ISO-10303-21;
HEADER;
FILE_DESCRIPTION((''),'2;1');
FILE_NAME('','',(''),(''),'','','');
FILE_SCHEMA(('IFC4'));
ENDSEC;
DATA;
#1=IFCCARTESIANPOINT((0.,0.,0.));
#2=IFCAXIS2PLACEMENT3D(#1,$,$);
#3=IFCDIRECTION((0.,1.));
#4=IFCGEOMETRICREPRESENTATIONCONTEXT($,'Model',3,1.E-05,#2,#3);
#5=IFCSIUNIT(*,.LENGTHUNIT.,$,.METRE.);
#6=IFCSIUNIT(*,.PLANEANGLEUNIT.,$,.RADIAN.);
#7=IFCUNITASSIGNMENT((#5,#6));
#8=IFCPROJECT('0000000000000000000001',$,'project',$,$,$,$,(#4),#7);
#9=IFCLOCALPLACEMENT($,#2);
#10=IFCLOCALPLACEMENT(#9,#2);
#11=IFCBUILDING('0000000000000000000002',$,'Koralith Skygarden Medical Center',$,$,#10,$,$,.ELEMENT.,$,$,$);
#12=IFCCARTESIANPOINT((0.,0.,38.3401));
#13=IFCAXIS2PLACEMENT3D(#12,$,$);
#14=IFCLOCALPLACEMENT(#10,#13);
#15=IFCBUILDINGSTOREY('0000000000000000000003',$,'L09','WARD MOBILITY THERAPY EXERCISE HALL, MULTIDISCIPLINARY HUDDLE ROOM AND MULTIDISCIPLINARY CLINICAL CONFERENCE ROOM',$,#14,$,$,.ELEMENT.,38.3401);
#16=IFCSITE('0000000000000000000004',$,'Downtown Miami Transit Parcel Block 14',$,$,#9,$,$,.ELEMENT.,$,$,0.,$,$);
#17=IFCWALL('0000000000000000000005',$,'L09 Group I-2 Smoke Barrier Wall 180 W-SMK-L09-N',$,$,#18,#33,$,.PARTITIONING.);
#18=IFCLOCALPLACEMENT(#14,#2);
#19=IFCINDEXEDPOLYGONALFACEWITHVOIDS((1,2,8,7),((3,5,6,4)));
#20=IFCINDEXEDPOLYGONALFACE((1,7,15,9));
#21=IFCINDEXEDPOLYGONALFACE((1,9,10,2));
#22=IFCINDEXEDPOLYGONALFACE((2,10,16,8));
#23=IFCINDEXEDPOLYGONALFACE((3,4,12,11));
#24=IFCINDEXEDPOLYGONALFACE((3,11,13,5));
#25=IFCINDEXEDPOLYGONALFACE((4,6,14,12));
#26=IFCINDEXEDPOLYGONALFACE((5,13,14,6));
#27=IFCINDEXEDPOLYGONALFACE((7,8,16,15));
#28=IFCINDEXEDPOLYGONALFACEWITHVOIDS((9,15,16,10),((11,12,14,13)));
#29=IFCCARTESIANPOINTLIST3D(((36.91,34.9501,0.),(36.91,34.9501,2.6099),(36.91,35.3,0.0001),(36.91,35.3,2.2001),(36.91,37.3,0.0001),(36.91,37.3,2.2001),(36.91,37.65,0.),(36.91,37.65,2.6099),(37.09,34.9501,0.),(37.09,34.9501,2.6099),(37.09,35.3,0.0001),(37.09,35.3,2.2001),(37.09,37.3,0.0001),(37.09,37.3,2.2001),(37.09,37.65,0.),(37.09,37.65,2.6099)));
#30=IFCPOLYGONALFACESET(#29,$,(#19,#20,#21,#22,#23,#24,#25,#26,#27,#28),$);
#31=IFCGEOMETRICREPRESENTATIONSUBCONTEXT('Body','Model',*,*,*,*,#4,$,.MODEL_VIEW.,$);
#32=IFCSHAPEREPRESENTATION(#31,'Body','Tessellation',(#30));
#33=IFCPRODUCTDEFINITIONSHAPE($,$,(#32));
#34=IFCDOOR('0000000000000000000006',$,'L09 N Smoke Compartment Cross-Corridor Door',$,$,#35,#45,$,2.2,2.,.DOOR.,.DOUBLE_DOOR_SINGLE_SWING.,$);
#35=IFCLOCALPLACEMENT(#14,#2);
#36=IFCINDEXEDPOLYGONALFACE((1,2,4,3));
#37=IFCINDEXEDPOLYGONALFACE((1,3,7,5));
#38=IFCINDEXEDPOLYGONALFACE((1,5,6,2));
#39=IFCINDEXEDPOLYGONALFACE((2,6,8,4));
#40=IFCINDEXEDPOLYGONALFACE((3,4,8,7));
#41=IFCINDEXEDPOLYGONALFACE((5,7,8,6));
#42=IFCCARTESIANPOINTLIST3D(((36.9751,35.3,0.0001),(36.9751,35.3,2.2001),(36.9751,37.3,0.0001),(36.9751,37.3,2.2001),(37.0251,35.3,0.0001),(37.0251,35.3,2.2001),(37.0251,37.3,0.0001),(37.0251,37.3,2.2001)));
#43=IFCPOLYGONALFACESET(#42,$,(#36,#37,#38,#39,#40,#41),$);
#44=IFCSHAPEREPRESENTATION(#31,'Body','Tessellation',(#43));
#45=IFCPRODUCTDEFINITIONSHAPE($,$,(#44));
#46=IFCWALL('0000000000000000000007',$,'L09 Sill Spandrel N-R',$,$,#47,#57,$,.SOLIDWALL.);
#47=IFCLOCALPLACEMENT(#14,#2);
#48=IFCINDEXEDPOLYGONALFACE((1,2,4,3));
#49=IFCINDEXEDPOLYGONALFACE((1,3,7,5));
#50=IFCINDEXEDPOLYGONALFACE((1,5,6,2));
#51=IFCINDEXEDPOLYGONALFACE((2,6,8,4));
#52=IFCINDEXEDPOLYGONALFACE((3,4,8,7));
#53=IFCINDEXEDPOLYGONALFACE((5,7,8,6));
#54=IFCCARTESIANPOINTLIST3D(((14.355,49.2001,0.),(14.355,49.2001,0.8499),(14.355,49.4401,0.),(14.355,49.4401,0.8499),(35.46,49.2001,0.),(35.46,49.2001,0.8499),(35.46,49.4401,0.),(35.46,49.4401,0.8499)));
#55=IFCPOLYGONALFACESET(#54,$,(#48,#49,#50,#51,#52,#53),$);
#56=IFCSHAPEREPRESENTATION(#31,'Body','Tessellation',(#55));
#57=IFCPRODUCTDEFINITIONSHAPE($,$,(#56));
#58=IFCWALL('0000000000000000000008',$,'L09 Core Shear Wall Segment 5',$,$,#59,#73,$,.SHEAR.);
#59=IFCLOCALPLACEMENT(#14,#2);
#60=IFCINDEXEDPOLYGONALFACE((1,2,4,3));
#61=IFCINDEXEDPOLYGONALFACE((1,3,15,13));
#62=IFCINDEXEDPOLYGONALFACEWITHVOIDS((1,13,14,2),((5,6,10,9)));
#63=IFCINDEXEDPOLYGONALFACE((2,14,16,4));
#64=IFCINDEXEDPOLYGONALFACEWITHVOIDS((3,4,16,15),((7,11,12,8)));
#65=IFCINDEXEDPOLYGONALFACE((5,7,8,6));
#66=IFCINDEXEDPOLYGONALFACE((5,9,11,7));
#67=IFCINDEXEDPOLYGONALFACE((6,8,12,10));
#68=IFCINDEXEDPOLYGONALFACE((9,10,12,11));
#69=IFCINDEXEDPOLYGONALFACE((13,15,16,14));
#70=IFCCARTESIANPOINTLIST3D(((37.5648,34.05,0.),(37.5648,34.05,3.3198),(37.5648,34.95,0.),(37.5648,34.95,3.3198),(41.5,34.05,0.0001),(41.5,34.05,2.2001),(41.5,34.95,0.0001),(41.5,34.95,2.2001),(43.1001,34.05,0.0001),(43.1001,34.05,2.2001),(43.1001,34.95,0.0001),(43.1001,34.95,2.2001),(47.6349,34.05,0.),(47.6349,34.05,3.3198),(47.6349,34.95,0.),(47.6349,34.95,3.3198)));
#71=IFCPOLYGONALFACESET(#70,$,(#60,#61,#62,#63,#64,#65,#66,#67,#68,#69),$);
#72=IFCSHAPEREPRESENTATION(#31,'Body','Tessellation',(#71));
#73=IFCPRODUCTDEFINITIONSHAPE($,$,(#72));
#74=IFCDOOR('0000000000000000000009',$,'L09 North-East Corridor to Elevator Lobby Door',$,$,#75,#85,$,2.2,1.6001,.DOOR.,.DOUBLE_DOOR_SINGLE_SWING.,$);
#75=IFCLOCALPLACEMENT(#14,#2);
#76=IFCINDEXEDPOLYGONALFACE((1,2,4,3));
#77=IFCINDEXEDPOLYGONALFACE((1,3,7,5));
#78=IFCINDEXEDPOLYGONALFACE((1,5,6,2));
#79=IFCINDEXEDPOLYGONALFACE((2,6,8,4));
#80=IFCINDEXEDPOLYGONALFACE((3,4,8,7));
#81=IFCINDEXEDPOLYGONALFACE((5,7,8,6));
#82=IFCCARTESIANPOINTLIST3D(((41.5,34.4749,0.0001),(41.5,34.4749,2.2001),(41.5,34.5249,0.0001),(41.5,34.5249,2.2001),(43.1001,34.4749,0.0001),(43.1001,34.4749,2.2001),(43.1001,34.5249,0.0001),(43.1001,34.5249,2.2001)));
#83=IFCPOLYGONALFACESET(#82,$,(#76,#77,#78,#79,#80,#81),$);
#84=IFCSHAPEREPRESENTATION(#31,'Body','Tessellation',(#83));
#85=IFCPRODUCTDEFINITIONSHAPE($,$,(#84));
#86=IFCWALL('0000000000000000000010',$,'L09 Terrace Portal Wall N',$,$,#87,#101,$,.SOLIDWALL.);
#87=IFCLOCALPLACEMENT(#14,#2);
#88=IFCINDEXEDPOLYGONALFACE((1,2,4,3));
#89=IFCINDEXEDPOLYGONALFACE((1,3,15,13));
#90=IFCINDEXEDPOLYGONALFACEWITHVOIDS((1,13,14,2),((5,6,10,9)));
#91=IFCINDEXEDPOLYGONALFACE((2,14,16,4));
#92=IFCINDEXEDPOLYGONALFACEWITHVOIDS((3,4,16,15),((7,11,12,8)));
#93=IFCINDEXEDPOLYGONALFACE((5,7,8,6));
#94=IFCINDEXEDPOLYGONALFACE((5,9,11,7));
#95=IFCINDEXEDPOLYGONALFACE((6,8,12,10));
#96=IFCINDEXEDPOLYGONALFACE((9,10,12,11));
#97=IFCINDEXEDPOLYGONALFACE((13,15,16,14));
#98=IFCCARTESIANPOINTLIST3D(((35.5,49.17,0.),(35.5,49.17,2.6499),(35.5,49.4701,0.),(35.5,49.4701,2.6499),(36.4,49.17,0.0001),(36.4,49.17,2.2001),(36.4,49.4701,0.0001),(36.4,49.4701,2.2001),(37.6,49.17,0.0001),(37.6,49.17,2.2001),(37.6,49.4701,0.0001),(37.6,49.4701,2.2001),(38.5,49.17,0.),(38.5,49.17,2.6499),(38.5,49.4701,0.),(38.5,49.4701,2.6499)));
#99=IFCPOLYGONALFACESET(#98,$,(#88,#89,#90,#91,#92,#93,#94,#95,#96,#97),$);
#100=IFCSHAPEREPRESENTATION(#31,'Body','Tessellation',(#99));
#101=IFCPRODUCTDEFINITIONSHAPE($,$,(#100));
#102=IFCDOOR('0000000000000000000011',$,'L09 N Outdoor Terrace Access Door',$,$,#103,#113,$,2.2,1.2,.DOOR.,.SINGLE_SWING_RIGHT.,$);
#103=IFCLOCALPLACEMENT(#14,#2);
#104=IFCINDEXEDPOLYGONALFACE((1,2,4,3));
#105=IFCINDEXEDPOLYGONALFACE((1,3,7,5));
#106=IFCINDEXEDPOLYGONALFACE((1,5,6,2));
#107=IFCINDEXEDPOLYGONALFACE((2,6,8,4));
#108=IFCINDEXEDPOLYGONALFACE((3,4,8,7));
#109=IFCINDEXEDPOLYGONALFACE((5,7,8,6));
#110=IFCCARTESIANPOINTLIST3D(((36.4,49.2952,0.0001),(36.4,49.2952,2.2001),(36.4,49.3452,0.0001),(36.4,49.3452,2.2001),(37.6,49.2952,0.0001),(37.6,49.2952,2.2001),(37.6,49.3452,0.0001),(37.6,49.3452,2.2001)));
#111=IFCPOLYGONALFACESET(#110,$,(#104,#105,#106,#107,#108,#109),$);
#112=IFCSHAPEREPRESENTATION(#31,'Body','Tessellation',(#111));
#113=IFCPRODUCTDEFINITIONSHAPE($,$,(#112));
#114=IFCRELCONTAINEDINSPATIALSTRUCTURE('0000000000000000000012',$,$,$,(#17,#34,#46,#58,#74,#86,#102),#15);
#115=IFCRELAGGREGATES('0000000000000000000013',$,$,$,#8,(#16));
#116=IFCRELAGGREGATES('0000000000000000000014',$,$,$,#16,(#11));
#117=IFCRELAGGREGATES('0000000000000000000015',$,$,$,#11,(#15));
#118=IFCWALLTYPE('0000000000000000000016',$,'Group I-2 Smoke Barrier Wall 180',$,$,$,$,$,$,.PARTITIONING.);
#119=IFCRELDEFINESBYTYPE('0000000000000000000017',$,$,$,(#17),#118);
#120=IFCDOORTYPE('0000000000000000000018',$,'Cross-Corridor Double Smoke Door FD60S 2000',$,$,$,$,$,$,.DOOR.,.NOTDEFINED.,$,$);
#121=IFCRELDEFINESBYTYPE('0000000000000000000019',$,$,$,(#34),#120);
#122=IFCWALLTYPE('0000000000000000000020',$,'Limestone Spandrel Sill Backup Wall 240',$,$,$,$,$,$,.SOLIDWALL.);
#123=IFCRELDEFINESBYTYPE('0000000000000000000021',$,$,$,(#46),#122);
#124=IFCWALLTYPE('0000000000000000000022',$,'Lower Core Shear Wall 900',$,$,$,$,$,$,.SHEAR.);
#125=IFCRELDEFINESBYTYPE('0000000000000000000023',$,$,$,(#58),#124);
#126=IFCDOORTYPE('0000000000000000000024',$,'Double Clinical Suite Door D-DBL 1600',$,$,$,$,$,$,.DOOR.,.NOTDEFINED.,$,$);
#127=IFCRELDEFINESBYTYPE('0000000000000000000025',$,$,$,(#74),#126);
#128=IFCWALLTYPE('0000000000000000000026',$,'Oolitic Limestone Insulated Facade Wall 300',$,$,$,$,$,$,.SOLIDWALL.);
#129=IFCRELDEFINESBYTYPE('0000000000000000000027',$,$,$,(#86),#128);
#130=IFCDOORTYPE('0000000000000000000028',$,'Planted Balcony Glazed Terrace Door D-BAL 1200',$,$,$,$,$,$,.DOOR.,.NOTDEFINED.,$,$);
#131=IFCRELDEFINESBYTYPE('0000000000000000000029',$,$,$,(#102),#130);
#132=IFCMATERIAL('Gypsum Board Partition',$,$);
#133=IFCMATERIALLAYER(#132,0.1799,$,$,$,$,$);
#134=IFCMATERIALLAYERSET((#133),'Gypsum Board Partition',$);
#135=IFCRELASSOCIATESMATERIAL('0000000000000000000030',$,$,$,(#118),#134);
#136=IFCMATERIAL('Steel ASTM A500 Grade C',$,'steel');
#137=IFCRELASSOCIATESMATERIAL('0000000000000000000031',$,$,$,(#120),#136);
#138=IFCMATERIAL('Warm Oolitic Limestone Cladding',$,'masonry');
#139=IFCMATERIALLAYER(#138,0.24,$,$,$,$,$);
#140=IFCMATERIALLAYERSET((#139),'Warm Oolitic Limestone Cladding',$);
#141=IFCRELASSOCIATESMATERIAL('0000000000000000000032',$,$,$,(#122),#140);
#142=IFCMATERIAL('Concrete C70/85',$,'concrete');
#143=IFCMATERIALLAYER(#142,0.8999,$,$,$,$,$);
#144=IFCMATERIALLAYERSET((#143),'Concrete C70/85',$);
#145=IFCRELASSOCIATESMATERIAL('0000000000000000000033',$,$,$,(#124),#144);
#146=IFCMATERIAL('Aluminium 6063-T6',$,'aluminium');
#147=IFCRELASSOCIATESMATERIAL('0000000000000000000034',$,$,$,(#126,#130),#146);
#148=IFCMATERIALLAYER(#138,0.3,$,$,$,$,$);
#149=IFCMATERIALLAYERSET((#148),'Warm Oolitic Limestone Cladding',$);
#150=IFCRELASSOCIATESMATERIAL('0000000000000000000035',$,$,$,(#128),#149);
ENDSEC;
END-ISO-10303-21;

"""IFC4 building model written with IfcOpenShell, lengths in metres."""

from ifc_helpers import new_model, si_unit, direction, frame, frame_2d, origin, place, context, subcontext, project, spatial, rectangle, extrude, material, layer, layer_set, type_object, element, fill, save


model = new_model("IFC4")

# Units and contexts
model_context = context("Model", 3, precision=1e-05, world=origin(), true_north=direction((0.0, 1.0)))
body_context = subcontext(model_context, "Body", "Model", "MODEL_VIEW")
ifc_project = project(units=[si_unit("LENGTHUNIT", "METRE"), si_unit("PLANEANGLEUNIT", "RADIAN")], contexts=[model_context])

# Site, building, storey
site_placement = place(None, origin())
site = spatial("IfcSite", under=ifc_project, at=site_placement, Name="Downtown Miami Transit Parcel Block 14", CompositionType="ELEMENT", RefElevation=0.0)
building_placement = place(site_placement, origin())
building = spatial("IfcBuilding", under=site, at=building_placement, Name="Koralith Skygarden Medical Center", CompositionType="ELEMENT")
storey_placement = place(building_placement, frame((0.0, 0.0, 38.3401)))
storey = spatial("IfcBuildingStorey", under=building, at=storey_placement, Name="L09", Description="WARD MOBILITY THERAPY EXERCISE HALL, MULTIDISCIPLINARY HUDDLE ROOM AND MULTIDISCIPLINARY CLINICAL CONFERENCE ROOM", CompositionType="ELEMENT", Elevation=38.3401)

# Shared definitions
ifc_material_1 = material(Name="Concrete C70/85", Category="concrete")

# Shared definitions
ifc_material_2 = material(Name="Aluminium 6063-T6", Category="aluminium")

# Shared definitions
ifc_material_3 = material(Name="Gypsum Board Partition")

# Wall, opening, door
ifc_layer_1 = layer(ifc_material_3, 0.1799)
ifc_layer_set_1 = layer_set([ifc_layer_1], Name="Gypsum Board Partition")
wall_type_1 = type_object("IfcWallType", Name="Group I-2 Smoke Barrier Wall 180", PredefinedType="PARTITIONING", material=ifc_layer_set_1)
wall_1_placement = place(storey_placement, frame((37.0, 34.95, 0.0), z_axis=(0.0, 0.0, 1.0), x_axis=(0.0, 1.0, 0.0)))
wall_1 = element("IfcWall", 1, at=wall_1_placement, inside=storey, type_object=wall_type_1, Name="L09 Group I-2 Smoke Barrier Wall 180 W-SMK-L09-N", PredefinedType="PARTITIONING", context=body_context, shape_type="SweptSolid", body=[
    extrude(rectangle(XDim=2.7, YDim=0.1799, at=frame_2d((1.3501, 0.0))), origin(), (0.0, 0.0, 1.0), 2.6099),
])
opening_1_placement = place(wall_1_placement, frame((0.3501, 0.0, 0.0)))
opening_1 = element("IfcOpeningElement", 2, at=opening_1_placement, cuts=wall_1, PredefinedType="OPENING", context=body_context, shape_type="SweptSolid", body=[
    extrude(rectangle(XDim=2.0, YDim=2.2, at=frame_2d((1.0, 1.1001))), frame((0.0, 0.0999, 0.0), z_axis=(0.0, -1.0, 0.0), x_axis=(1.0, 0.0, 0.0)), (0.0, 0.0, 1.0), 0.2),
])
ifc_material_4 = material(Name="Steel ASTM A500 Grade C", Category="steel")
door_type_1 = type_object("IfcDoorType", Name="Cross-Corridor Double Smoke Door FD60S 2000", OperationType="NOTDEFINED", PredefinedType="DOOR", material=ifc_material_4)
door_1_placement = place(opening_1_placement, origin())
door_1 = element("IfcDoor", 3, at=door_1_placement, inside=storey, type_object=door_type_1, Name="L09 N Smoke Compartment Cross-Corridor Door", OperationType="DOUBLE_DOOR_SINGLE_SWING", OverallHeight=2.2, OverallWidth=2.0, PredefinedType="DOOR", context=body_context, shape_type="SweptSolid", body=[
    extrude(rectangle(XDim=2.0, YDim=2.2, at=frame_2d((1.0, 1.1001))), frame((0.0, 0.0249, 0.0), z_axis=(0.0, -1.0, 0.0), x_axis=(1.0, 0.0, 0.0)), (0.0, 0.0, 1.0), 0.05),
])
fill(opening_1, door_1)

# Wall
ifc_material_5 = material(Name="Warm Oolitic Limestone Cladding", Category="masonry")
ifc_layer_2 = layer(ifc_material_5, 0.24)
ifc_layer_set_2 = layer_set([ifc_layer_2], Name="Warm Oolitic Limestone Cladding")
wall_type_2 = type_object("IfcWallType", Name="Limestone Spandrel Sill Backup Wall 240", PredefinedType="SOLIDWALL", material=ifc_layer_set_2)
wall_2_placement = place(storey_placement, frame((35.46, 49.3201, 0.0), z_axis=(0.0, 0.0, 1.0), x_axis=(-1.0, 0.0, 0.0)))
element("IfcWall", 4, at=wall_2_placement, inside=storey, type_object=wall_type_2, Name="L09 Sill Spandrel N-R", PredefinedType="SOLIDWALL", context=body_context, shape_type="SweptSolid", body=[
    extrude(rectangle(XDim=21.105, YDim=0.24, at=frame_2d((10.5525, 0.0))), origin(), (0.0, 0.0, 1.0), 0.8499),
])

# Walls, openings, doors
ifc_layer_3 = layer(ifc_material_1, 0.8999)
ifc_layer_set_3 = layer_set([ifc_layer_3], Name="Concrete C70/85")
wall_type_3 = type_object("IfcWallType", Name="Lower Core Shear Wall 900", PredefinedType="SHEAR", material=ifc_layer_set_3)
wall_3_placement = place(storey_placement, frame((47.635, 34.5, 0.0), z_axis=(0.0, 0.0, 1.0), x_axis=(-1.0, 0.0, 0.0)))
wall_3 = element("IfcWall", 5, at=wall_3_placement, inside=storey, type_object=wall_type_3, Name="L09 Core Shear Wall Segment 5", PredefinedType="SHEAR", context=body_context, shape_type="SweptSolid", body=[
    extrude(rectangle(XDim=10.0701, YDim=0.8999, at=frame_2d((5.0352, 0.0))), origin(), (0.0, 0.0, 1.0), 3.3198),
])
opening_2_placement = place(wall_3_placement, frame((4.5349, 0.0, 0.0)))
opening_2 = element("IfcOpeningElement", 6, at=opening_2_placement, cuts=wall_3, PredefinedType="OPENING", context=body_context, shape_type="SweptSolid", body=[
    extrude(rectangle(XDim=1.6001, YDim=2.2, at=frame_2d((0.8, 1.1001))), frame((0.0, 0.46, 0.0), z_axis=(0.0, -1.0, 0.0), x_axis=(1.0, 0.0, 0.0)), (0.0, 0.0, 1.0), 0.9199),
])
door_type_2 = type_object("IfcDoorType", Name="Double Clinical Suite Door D-DBL 1600", OperationType="NOTDEFINED", PredefinedType="DOOR", material=ifc_material_2)
door_2_placement = place(opening_2_placement, frame((1.6001, 0.0, 0.0), z_axis=(0.0, 0.0, 1.0), x_axis=(-1.0, 0.0, 0.0)))
door_2 = element("IfcDoor", 7, at=door_2_placement, inside=storey, type_object=door_type_2, Name="L09 North-East Corridor to Elevator Lobby Door", OperationType="DOUBLE_DOOR_SINGLE_SWING", OverallHeight=2.2, OverallWidth=1.6001, PredefinedType="DOOR", context=body_context, shape_type="SweptSolid", body=[
    extrude(rectangle(XDim=1.6001, YDim=2.2, at=frame_2d((0.8, 1.1001))), frame((0.0, 0.0249, 0.0), z_axis=(0.0, -1.0, 0.0), x_axis=(1.0, 0.0, 0.0)), (0.0, 0.0, 1.0), 0.05),
])
fill(opening_2, door_2)
ifc_layer_4 = layer(ifc_material_5, 0.3)
ifc_layer_set_4 = layer_set([ifc_layer_4], Name="Warm Oolitic Limestone Cladding")
wall_type_4 = type_object("IfcWallType", Name="Oolitic Limestone Insulated Facade Wall 300", PredefinedType="SOLIDWALL", material=ifc_layer_set_4)
wall_4_placement = place(storey_placement, frame((38.5, 49.3201, 0.0), z_axis=(0.0, 0.0, 1.0), x_axis=(-1.0, 0.0, 0.0)))
wall_4 = element("IfcWall", 8, at=wall_4_placement, inside=storey, type_object=wall_type_4, Name="L09 Terrace Portal Wall N", PredefinedType="SOLIDWALL", context=body_context, shape_type="SweptSolid", body=[
    extrude(rectangle(XDim=3.0, YDim=0.3, at=frame_2d((1.5, 0.0))), origin(), (0.0, 0.0, 1.0), 2.6499),
])
opening_3_placement = place(wall_4_placement, frame((0.8999, 0.0, 0.0)))
opening_3 = element("IfcOpeningElement", 9, at=opening_3_placement, cuts=wall_4, PredefinedType="OPENING", context=body_context, shape_type="SweptSolid", body=[
    extrude(rectangle(XDim=1.2, YDim=2.2, at=frame_2d((0.6001, 1.1001))), frame((0.0, 0.1599, 0.0), z_axis=(0.0, -1.0, 0.0), x_axis=(1.0, 0.0, 0.0)), (0.0, 0.0, 1.0), 0.3201),
])
door_type_3 = type_object("IfcDoorType", Name="Planted Balcony Glazed Terrace Door D-BAL 1200", OperationType="NOTDEFINED", PredefinedType="DOOR", material=ifc_material_2)
door_3_placement = place(opening_3_placement, origin())
door_3 = element("IfcDoor", 10, at=door_3_placement, inside=storey, type_object=door_type_3, Name="L09 N Outdoor Terrace Access Door", OperationType="SINGLE_SWING_RIGHT", OverallHeight=2.2, OverallWidth=1.2, PredefinedType="DOOR", context=body_context, shape_type="SweptSolid", body=[
    extrude(rectangle(XDim=1.2, YDim=2.2, at=frame_2d((0.6001, 1.1001))), frame((0.0, 0.0249, 0.0), z_axis=(0.0, -1.0, 0.0), x_axis=(1.0, 0.0, 0.0)), (0.0, 0.0, 1.0), 0.05),
])
fill(opening_3, door_3)

save(model, "model.ifc")
